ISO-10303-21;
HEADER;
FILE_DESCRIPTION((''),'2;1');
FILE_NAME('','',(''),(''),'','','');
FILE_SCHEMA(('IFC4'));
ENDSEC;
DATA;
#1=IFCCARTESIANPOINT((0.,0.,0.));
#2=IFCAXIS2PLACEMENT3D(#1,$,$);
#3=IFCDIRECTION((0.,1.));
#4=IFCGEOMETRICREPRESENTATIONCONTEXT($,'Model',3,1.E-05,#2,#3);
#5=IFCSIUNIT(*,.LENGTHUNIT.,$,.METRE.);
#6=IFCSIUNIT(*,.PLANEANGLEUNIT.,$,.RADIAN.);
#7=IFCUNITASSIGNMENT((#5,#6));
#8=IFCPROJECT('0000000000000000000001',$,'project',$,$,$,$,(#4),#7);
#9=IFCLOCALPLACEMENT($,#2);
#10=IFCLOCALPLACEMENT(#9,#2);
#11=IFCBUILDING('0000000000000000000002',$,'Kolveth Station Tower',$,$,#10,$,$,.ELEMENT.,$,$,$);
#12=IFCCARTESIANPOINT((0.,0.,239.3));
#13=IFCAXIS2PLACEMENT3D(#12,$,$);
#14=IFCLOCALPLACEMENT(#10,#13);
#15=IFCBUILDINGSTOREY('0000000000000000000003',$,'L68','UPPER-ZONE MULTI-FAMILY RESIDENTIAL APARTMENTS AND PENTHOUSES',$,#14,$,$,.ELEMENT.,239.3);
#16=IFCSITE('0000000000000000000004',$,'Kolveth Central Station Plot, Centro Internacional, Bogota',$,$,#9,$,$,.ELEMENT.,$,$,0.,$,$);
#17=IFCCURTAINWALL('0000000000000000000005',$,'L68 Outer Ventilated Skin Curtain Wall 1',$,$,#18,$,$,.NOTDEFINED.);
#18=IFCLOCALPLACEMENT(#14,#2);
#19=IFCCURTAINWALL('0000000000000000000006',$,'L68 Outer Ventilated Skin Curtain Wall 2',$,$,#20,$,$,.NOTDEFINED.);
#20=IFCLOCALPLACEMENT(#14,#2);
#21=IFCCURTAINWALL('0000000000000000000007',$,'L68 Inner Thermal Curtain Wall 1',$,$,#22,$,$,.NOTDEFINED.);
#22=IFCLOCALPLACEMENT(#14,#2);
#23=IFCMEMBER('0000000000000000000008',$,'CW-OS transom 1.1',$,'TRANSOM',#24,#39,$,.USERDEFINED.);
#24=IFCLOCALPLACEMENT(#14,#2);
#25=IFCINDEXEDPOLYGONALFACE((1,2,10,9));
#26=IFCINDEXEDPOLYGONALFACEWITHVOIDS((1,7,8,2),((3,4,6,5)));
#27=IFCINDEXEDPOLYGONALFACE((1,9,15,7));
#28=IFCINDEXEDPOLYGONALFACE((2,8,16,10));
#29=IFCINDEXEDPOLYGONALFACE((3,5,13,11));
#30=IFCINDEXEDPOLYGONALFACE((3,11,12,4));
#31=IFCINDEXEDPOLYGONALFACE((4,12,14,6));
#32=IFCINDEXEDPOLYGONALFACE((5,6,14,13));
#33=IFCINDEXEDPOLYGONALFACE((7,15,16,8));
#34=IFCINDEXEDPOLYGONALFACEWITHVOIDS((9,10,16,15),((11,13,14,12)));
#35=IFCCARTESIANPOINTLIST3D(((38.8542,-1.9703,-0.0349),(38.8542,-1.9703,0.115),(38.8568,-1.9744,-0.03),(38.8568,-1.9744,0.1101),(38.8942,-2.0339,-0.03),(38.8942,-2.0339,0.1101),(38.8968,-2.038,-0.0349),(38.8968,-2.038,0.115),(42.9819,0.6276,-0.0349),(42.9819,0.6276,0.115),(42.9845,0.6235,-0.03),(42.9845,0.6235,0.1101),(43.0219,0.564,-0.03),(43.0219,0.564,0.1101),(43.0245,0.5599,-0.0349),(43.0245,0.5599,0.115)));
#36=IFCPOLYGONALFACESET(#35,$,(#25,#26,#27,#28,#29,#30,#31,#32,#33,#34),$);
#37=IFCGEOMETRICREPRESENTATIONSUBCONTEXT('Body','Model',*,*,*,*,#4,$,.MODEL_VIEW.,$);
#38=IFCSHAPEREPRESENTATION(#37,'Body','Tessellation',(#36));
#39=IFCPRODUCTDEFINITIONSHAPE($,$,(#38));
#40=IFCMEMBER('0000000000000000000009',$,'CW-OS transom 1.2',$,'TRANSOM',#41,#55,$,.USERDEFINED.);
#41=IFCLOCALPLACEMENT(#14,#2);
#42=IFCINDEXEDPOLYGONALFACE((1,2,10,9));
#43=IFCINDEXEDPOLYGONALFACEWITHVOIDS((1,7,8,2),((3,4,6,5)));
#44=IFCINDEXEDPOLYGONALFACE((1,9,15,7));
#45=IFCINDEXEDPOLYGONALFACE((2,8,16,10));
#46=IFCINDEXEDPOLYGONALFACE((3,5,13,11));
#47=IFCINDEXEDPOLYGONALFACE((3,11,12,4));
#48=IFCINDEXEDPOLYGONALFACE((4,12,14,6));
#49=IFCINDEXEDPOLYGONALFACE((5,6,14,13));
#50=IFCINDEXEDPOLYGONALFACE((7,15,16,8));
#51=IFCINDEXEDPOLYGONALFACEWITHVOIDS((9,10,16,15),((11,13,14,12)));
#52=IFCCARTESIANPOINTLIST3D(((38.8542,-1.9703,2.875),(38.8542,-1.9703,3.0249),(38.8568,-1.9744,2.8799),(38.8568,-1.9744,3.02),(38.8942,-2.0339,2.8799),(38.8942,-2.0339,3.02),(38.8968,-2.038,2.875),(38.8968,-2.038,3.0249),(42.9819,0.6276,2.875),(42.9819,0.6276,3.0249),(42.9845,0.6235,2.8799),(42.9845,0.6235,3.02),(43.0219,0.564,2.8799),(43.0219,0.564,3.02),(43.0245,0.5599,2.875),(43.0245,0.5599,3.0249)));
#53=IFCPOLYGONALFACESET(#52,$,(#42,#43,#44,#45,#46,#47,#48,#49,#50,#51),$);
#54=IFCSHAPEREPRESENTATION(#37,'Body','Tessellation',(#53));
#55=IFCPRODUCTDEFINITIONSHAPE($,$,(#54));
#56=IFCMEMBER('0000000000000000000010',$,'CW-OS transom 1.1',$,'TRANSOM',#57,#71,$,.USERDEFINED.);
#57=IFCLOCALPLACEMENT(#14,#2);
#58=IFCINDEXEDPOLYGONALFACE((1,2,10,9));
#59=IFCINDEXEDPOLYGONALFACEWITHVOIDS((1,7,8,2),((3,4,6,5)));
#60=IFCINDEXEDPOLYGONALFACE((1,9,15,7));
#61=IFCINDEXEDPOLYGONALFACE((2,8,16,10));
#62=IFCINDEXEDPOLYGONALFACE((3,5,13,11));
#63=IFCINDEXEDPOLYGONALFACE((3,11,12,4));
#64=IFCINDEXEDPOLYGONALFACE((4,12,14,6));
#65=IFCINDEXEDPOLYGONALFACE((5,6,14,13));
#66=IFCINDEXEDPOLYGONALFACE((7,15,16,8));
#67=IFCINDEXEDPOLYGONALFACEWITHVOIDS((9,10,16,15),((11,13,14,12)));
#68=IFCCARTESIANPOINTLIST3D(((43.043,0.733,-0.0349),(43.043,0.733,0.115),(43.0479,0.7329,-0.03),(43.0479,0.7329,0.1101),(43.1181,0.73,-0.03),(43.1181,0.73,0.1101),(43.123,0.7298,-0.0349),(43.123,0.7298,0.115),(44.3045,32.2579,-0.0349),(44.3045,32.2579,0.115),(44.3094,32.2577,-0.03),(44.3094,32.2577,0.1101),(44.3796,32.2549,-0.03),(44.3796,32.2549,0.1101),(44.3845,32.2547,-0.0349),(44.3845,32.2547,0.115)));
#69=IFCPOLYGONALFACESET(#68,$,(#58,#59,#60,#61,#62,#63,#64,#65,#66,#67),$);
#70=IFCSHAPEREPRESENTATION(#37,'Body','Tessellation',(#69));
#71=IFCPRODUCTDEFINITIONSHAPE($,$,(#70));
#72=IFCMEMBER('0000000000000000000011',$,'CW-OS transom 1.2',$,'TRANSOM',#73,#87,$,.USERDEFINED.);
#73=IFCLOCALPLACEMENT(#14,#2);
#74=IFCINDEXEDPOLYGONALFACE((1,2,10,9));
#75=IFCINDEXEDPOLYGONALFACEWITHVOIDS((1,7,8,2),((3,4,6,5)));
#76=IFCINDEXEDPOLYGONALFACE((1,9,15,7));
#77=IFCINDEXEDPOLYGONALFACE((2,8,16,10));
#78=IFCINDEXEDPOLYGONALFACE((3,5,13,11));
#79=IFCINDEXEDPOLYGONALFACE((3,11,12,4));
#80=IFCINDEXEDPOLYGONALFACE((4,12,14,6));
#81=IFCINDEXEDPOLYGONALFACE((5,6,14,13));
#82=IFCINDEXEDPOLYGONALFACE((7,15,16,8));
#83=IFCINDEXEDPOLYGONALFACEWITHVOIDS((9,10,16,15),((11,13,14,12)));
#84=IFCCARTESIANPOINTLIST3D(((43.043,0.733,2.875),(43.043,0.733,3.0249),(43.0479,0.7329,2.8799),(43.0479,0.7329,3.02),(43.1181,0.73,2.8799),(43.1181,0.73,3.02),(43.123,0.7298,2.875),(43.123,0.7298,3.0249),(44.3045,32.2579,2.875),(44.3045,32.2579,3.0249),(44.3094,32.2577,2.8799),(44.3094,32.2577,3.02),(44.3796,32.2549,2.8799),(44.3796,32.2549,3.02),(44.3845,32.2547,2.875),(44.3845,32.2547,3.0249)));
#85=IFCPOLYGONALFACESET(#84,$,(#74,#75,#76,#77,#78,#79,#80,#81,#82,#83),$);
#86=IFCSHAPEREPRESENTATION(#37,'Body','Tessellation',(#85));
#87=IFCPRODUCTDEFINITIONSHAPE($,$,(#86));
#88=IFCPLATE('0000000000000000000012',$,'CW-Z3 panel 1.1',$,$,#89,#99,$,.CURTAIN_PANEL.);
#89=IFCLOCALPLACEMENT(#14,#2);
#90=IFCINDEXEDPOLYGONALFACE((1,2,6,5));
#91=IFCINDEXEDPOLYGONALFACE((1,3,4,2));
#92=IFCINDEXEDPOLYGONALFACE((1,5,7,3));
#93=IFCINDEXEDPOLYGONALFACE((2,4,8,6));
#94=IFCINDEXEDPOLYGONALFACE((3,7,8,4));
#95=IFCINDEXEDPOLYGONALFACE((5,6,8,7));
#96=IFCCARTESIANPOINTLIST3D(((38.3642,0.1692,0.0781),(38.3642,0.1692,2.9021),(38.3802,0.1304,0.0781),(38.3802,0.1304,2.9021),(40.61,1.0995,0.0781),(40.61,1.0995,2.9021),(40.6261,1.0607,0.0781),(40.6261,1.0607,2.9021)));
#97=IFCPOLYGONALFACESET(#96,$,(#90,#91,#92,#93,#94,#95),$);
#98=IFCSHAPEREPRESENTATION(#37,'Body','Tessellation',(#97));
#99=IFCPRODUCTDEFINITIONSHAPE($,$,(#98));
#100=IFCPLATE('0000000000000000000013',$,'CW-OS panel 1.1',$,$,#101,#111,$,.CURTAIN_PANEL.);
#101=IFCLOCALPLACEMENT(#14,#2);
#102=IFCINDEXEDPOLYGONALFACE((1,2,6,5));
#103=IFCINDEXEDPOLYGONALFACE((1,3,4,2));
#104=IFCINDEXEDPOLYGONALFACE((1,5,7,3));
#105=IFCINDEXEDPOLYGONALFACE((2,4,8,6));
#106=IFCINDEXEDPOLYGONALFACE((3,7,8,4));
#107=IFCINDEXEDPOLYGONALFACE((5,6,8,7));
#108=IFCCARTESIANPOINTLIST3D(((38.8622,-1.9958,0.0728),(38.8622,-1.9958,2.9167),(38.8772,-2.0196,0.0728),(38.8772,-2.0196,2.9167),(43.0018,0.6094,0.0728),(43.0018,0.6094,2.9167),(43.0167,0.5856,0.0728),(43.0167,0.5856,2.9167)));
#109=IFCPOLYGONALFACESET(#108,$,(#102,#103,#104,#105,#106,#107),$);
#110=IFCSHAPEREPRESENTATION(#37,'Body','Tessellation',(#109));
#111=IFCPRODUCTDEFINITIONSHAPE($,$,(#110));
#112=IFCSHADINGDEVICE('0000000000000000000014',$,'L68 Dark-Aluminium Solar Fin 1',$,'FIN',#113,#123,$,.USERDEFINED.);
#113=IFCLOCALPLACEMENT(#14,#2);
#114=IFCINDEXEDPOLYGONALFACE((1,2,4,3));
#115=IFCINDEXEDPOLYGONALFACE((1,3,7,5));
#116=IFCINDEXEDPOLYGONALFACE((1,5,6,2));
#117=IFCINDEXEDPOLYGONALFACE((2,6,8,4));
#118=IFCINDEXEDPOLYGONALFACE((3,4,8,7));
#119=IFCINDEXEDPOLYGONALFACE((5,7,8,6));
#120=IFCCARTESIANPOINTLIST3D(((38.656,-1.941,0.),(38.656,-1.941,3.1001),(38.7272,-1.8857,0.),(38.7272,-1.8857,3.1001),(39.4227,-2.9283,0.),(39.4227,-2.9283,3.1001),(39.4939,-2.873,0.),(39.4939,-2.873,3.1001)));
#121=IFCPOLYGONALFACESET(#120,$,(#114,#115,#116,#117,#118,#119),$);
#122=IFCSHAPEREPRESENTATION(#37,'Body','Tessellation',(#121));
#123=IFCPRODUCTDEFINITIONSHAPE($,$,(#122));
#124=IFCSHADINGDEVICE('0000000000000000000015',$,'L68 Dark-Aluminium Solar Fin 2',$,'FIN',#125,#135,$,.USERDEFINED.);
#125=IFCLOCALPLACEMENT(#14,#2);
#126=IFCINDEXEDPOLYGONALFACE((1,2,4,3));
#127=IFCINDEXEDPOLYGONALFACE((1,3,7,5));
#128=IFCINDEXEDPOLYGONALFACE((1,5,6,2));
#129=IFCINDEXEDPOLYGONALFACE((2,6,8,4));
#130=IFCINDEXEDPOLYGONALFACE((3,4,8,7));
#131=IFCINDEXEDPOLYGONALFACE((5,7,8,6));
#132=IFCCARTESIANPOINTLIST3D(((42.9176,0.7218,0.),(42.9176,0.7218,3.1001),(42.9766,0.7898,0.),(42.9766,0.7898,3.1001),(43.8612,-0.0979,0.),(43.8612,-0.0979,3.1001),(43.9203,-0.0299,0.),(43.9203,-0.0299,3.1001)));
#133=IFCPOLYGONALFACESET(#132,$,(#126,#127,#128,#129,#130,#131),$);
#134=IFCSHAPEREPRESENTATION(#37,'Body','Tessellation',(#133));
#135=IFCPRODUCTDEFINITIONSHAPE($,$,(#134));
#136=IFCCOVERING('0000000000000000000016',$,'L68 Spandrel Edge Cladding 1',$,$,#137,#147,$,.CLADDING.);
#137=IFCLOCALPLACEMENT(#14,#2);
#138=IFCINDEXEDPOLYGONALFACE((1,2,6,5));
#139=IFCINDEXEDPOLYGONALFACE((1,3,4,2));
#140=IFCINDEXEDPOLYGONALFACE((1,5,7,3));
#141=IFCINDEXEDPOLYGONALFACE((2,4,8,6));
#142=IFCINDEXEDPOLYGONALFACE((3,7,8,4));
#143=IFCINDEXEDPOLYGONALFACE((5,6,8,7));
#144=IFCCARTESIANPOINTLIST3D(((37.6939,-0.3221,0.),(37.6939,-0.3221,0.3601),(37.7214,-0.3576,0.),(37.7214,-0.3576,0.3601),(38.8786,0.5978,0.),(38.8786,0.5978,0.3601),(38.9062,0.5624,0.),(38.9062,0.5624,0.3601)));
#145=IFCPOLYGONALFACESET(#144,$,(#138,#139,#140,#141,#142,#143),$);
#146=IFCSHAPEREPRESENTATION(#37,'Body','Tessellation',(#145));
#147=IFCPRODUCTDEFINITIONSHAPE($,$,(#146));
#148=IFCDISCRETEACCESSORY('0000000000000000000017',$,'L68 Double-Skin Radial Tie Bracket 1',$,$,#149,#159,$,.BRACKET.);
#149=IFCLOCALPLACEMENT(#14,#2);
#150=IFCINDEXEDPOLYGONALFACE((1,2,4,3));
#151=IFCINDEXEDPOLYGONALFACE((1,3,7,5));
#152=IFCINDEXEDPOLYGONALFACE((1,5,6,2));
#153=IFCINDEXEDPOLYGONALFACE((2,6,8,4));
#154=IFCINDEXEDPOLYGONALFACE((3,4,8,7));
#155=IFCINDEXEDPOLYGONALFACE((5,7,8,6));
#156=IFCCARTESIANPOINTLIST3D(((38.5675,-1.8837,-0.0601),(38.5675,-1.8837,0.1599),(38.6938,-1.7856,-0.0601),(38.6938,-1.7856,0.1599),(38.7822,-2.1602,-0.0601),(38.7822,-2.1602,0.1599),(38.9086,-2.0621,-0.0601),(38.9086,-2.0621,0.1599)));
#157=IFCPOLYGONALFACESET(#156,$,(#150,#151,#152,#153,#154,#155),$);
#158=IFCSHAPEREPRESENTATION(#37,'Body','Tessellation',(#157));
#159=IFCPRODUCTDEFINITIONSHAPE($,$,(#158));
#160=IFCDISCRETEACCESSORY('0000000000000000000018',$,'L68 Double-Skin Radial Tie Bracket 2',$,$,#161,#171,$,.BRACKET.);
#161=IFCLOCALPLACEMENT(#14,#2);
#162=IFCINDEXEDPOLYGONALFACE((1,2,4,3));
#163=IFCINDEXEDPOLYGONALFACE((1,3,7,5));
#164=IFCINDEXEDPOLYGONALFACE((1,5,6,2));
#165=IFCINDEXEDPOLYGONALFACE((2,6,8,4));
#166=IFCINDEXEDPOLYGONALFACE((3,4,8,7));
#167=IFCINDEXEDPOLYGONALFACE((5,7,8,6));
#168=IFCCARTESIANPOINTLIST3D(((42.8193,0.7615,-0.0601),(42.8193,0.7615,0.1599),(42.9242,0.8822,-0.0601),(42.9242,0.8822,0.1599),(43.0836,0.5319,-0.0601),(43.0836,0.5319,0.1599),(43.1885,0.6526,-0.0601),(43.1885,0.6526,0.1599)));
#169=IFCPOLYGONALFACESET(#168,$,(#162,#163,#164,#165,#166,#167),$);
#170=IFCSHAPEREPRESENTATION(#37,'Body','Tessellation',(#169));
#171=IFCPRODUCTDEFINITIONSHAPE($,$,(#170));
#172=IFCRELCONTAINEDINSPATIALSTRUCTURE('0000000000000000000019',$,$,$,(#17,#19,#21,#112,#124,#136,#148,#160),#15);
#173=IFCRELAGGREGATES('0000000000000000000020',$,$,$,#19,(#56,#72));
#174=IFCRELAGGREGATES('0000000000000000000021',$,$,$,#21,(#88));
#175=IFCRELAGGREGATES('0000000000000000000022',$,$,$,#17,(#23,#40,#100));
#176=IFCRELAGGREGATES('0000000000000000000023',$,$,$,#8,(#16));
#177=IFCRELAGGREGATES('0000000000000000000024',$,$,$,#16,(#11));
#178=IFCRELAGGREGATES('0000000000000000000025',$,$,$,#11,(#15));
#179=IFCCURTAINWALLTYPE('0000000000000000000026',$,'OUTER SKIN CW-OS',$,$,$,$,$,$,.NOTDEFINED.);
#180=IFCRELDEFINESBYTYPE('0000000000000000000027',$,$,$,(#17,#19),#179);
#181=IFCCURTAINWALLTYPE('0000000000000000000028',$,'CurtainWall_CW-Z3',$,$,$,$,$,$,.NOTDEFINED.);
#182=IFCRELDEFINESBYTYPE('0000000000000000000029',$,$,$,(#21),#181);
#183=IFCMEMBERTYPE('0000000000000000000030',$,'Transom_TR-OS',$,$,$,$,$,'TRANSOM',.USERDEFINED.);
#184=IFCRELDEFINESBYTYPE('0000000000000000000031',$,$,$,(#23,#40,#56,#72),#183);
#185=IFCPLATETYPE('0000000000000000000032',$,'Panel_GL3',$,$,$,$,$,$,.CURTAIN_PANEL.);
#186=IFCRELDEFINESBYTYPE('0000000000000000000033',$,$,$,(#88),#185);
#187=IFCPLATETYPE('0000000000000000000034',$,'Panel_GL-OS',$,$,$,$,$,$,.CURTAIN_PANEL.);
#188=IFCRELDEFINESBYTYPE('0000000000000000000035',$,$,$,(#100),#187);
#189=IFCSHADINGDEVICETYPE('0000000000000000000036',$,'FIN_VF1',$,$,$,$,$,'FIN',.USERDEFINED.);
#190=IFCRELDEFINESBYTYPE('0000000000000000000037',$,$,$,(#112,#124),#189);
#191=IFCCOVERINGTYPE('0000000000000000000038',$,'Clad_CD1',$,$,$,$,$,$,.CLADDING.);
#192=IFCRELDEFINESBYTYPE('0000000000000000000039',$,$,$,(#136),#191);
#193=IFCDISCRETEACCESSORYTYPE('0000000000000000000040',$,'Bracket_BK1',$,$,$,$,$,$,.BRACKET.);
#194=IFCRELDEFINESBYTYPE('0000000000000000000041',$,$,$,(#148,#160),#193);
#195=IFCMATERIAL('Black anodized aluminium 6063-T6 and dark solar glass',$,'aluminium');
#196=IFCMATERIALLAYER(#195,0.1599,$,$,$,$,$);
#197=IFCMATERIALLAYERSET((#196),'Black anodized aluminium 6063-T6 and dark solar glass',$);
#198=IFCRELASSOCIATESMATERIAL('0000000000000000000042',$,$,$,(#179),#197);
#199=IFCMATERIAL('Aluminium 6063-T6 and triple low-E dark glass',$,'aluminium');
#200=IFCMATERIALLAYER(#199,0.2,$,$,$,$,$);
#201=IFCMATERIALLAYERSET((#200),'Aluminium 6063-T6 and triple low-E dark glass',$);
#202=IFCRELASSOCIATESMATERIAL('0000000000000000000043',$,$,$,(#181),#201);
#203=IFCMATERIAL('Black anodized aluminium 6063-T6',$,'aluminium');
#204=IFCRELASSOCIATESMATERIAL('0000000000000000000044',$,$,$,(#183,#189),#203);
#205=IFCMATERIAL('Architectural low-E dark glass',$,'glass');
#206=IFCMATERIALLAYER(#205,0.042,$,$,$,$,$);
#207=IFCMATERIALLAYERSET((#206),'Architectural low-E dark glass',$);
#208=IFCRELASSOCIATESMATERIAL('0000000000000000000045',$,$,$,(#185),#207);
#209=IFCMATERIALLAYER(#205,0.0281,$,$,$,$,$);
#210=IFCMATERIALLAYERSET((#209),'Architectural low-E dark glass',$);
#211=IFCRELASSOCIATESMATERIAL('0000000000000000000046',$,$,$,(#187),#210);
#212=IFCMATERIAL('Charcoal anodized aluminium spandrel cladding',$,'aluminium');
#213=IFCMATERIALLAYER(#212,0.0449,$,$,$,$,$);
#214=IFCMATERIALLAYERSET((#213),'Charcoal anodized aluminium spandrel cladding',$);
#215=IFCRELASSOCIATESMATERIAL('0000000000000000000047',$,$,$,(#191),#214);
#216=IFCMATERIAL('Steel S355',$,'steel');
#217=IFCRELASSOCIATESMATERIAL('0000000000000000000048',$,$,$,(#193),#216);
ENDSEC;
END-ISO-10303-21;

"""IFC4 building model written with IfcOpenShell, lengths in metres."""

from ifc_helpers import new_model, si_unit, direction, frame, origin, origin_2d, place, context, subcontext, project, spatial, rectangle, hollow_rectangle, extrude, source, transform, mapped, material, layer, layer_set, material_profile, profile_set, type_object, element, aggregate, save


model = new_model("IFC4")

# Units and contexts
model_context = context("Model", 3, precision=1e-05, world=origin(), true_north=direction((0.0, 1.0)))
body_context = subcontext(model_context, "Body", "Model", "MODEL_VIEW")
ifc_project = project(units=[si_unit("LENGTHUNIT", "METRE"), si_unit("PLANEANGLEUNIT", "RADIAN")], contexts=[model_context])

# Site, building, storey
site_placement = place(None, origin())
site = spatial("IfcSite", under=ifc_project, at=site_placement, Name="Kolveth Central Station Plot, Centro Internacional, Bogota", CompositionType="ELEMENT", RefElevation=0.0)
building_placement = place(site_placement, origin())
building = spatial("IfcBuilding", under=site, at=building_placement, Name="Kolveth Station Tower", CompositionType="ELEMENT")
storey_placement = place(building_placement, frame((0.0, 0.0, 239.3)))
storey = spatial("IfcBuildingStorey", under=building, at=storey_placement, Name="L68", Description="UPPER-ZONE MULTI-FAMILY RESIDENTIAL APARTMENTS AND PENTHOUSES", CompositionType="ELEMENT", Elevation=239.3)

# Curtain wall
ifc_material_1 = material(Name="Black anodized aluminium 6063-T6 and dark solar glass", Category="aluminium")
ifc_layer_1 = layer(ifc_material_1, 0.1599)
ifc_layer_set_1 = layer_set([ifc_layer_1], Name="Black anodized aluminium 6063-T6 and dark solar glass")
curtain_wall_type_1 = type_object("IfcCurtainWallType", Name="OUTER SKIN CW-OS", PredefinedType="NOTDEFINED", material=ifc_layer_set_1)
curtain_wall_1_placement = place(storey_placement, origin())
curtain_wall_1 = element("IfcCurtainWall", 1, at=curtain_wall_1_placement, inside=storey, type_object=curtain_wall_type_1, Name="L68 Outer Ventilated Skin Curtain Wall 1", PredefinedType="NOTDEFINED")
ifc_material_2 = material(Name="Black anodized aluminium 6063-T6", Category="aluminium")

# Curtain wall
curtain_wall_2_placement = place(storey_placement, origin())
curtain_wall_2 = element("IfcCurtainWall", 2, at=curtain_wall_2_placement, inside=storey, type_object=curtain_wall_type_1, Name="L68 Outer Ventilated Skin Curtain Wall 2", PredefinedType="NOTDEFINED")

# Curtain wall
ifc_material_3 = material(Name="Aluminium 6063-T6 and triple low-E dark glass", Category="aluminium")
ifc_layer_2 = layer(ifc_material_3, 0.2)
ifc_layer_set_2 = layer_set([ifc_layer_2], Name="Aluminium 6063-T6 and triple low-E dark glass")
curtain_wall_type_2 = type_object("IfcCurtainWallType", Name="CurtainWall_CW-Z3", PredefinedType="NOTDEFINED", material=ifc_layer_set_2)
curtain_wall_3_placement = place(storey_placement, origin())
curtain_wall_3 = element("IfcCurtainWall", 3, at=curtain_wall_3_placement, inside=storey, type_object=curtain_wall_type_2, Name="L68 Inner Thermal Curtain Wall 1", PredefinedType="NOTDEFINED")

# Members
ifc_material_profile_1 = material_profile(ifc_material_2, hollow_rectangle(XDim=0.0801, YDim=0.1499, WallThickness=0.0049, at=origin_2d()), Name="ALU-80x150x5")
ifc_profile_set_1 = profile_set([ifc_material_profile_1], Name="Black anodized aluminium 6063-T6")
member_type_1 = type_object("IfcMemberType", Name="Transom_TR-OS", ElementType="TRANSOM", PredefinedType="USERDEFINED", material=ifc_profile_set_1)
shared_shape_1 = source(origin(), body_context, "Body", "SweptSolid", [
    extrude(hollow_rectangle(XDim=0.0801, YDim=0.1499, WallThickness=0.0049, at=origin_2d()), origin(), (0.0, 0.0, 1.0), 4.8772),
])
member_1_placement = place(storey_placement, frame((38.8755, -2.0042, 0.04), z_axis=(0.846326, 0.532665, 0.0), x_axis=(-0.532665, 0.846326, 0.0)))
member_1 = element("IfcMember", 4, at=member_1_placement, type_object=member_type_1, Name="CW-OS transom 1.1", ObjectType="TRANSOM", PredefinedType="USERDEFINED", context=body_context, shape_type="MappedRepresentation", body=[
    mapped(shared_shape_1, transform((0.0, 0.0, 0.0), x_axis=(1.0, 0.0, 0.0), y_axis=(0.0, 1.0, 0.0), z_axis=(0.0, 0.0, 1.0), scale=1.0)),
])
member_2_placement = place(storey_placement, frame((38.8755, -2.0042, 2.95), z_axis=(0.846326, 0.532665, 0.0), x_axis=(-0.532665, 0.846326, 0.0)))
member_2 = element("IfcMember", 5, at=member_2_placement, type_object=member_type_1, Name="CW-OS transom 1.2", ObjectType="TRANSOM", PredefinedType="USERDEFINED", context=body_context, shape_type="MappedRepresentation", body=[
    mapped(shared_shape_1, transform((0.0, 0.0, 0.0), x_axis=(1.0, 0.0, 0.0), y_axis=(0.0, 1.0, 0.0), z_axis=(0.0, 0.0, 1.0), scale=1.0)),
])
shared_shape_2 = source(origin(), body_context, "Body", "SweptSolid", [
    extrude(hollow_rectangle(XDim=0.0801, YDim=0.1499, WallThickness=0.0049, at=origin_2d()), origin(), (0.0, 0.0, 1.0), 31.55),
])
member_3_placement = place(storey_placement, frame((43.083, 0.7314, 0.04), z_axis=(0.039983, 0.9992, 0.0), x_axis=(-0.9992, 0.039983, 0.0)))
member_3 = element("IfcMember", 6, at=member_3_placement, type_object=member_type_1, Name="CW-OS transom 1.1", ObjectType="TRANSOM", PredefinedType="USERDEFINED", context=body_context, shape_type="MappedRepresentation", body=[
    mapped(shared_shape_2, transform((0.0, 0.0, 0.0), x_axis=(1.0, 0.0, 0.0), y_axis=(0.0, 1.0, 0.0), z_axis=(0.0, 0.0, 1.0), scale=1.0)),
])
member_4_placement = place(storey_placement, frame((43.083, 0.7314, 2.95), z_axis=(0.039983, 0.9992, 0.0), x_axis=(-0.9992, 0.039983, 0.0)))
member_4 = element("IfcMember", 7, at=member_4_placement, type_object=member_type_1, Name="CW-OS transom 1.2", ObjectType="TRANSOM", PredefinedType="USERDEFINED", context=body_context, shape_type="MappedRepresentation", body=[
    mapped(shared_shape_2, transform((0.0, 0.0, 0.0), x_axis=(1.0, 0.0, 0.0), y_axis=(0.0, 1.0, 0.0), z_axis=(0.0, 0.0, 1.0), scale=1.0)),
])
aggregate(curtain_wall_2, [member_3, member_4])

# Plates
ifc_material_4 = material(Name="Architectural low-E dark glass", Category="glass")
ifc_layer_3 = layer(ifc_material_4, 0.042)
ifc_layer_set_3 = layer_set([ifc_layer_3], Name="Architectural low-E dark glass")
plate_type_1 = type_object("IfcPlateType", Name="Panel_GL3", PredefinedType="CURTAIN_PANEL", material=ifc_layer_set_3)
shared_shape_3 = source(origin(), body_context, "Body", "SweptSolid", [
    extrude(rectangle(XDim=2.4309, YDim=0.042, at=origin_2d()), origin(), (0.0, 0.0, 1.0), 2.824),
])
plate_1_placement = place(storey_placement, frame((39.4951, 0.615, 0.0781), z_axis=(0.0, 0.0, 1.0), x_axis=(0.923875, 0.382693, 0.0)))
plate_1 = element("IfcPlate", 8, at=plate_1_placement, type_object=plate_type_1, Name="CW-Z3 panel 1.1", PredefinedType="CURTAIN_PANEL", context=body_context, shape_type="MappedRepresentation", body=[
    mapped(shared_shape_3, transform((0.0, 0.0, 0.0), x_axis=(1.0, 0.0, 0.0), y_axis=(0.0, 1.0, 0.0), z_axis=(0.0, 0.0, 1.0), scale=1.0)),
])
aggregate(curtain_wall_3, [plate_1])
ifc_layer_4 = layer(ifc_material_4, 0.0281)
ifc_layer_set_4 = layer_set([ifc_layer_4], Name="Architectural low-E dark glass")
plate_type_2 = type_object("IfcPlateType", Name="Panel_GL-OS", PredefinedType="CURTAIN_PANEL", material=ifc_layer_set_4)
shared_shape_4 = source(origin(), body_context, "Body", "SweptSolid", [
    extrude(rectangle(XDim=4.8911, YDim=0.0281, at=origin_2d()), origin(), (0.0, 0.0, 1.0), 2.844),
])
plate_2_placement = place(storey_placement, frame((40.9395, -0.7051, 0.0728), z_axis=(0.0, 0.0, 1.0), x_axis=(0.846341, 0.532641, 0.0)))
plate_2 = element("IfcPlate", 9, at=plate_2_placement, type_object=plate_type_2, Name="CW-OS panel 1.1", PredefinedType="CURTAIN_PANEL", context=body_context, shape_type="MappedRepresentation", body=[
    mapped(shared_shape_4, transform((0.0, 0.0, 0.0), x_axis=(1.0, 0.0, 0.0), y_axis=(0.0, 1.0, 0.0), z_axis=(0.0, 0.0, 1.0), scale=1.0)),
])
aggregate(curtain_wall_1, [member_1, member_2, plate_2])

# Shading devices
shading_device_type = type_object("IfcShadingDeviceType", Name="FIN_VF1", ElementType="FIN", PredefinedType="USERDEFINED", material=ifc_material_2)
shared_shape_5 = source(origin(), body_context, "Body", "SweptSolid", [
    extrude(rectangle(XDim=1.25, YDim=0.0901, at=origin_2d()), origin(), (0.0, 0.0, 1.0), 3.1001),
])
for number, where, z_axis, x_axis, name in (
    (10, (39.075, -2.407, 0.0), (0.0, 0.0, 1.0), (0.613321, -0.789834, 0.0), "L68 Dark-Aluminium Solar Fin 1"),
    (11, (43.4189, 0.3459, 0.0), (0.0, 0.0, 1.0), (0.754939, -0.655796, 0.0), "L68 Dark-Aluminium Solar Fin 2"),
):
    element("IfcShadingDevice", number, at=place(storey_placement, frame(where, z_axis=z_axis, x_axis=x_axis)), inside=storey, type_object=shading_device_type, Name=name, ObjectType="FIN", PredefinedType="USERDEFINED", context=body_context, shape_type="MappedRepresentation", body=[
        mapped(shared_shape_5, transform((0.0, 0.0, 0.0), x_axis=(1.0, 0.0, 0.0), y_axis=(0.0, 1.0, 0.0), z_axis=(0.0, 0.0, 1.0), scale=1.0)),
    ])

# Covering
ifc_material_5 = material(Name="Charcoal anodized aluminium spandrel cladding", Category="aluminium")
ifc_layer_5 = layer(ifc_material_5, 0.0449)
ifc_layer_set_5 = layer_set([ifc_layer_5], Name="Charcoal anodized aluminium spandrel cladding")
covering_type = type_object("IfcCoveringType", Name="Clad_CD1", PredefinedType="CLADDING", material=ifc_layer_set_5)
shared_shape_6 = source(origin(), body_context, "Body", "SweptSolid", [
    extrude(rectangle(XDim=1.5, YDim=0.0449, at=origin_2d()), origin(), (0.0, 0.0, 1.0), 0.3601),
])
covering_placement = place(storey_placement, frame((38.3, 0.1201, 0.0), z_axis=(0.0, 0.0, 1.0), x_axis=(0.789834, 0.613321, 0.0)))
element("IfcCovering", 12, at=covering_placement, inside=storey, type_object=covering_type, Name="L68 Spandrel Edge Cladding 1", PredefinedType="CLADDING", context=body_context, shape_type="MappedRepresentation", body=[
    mapped(shared_shape_6, transform((0.0, 0.0, 0.0), x_axis=(1.0, 0.0, 0.0), y_axis=(0.0, 1.0, 0.0), z_axis=(0.0, 0.0, 1.0), scale=1.0)),
])

# Discrete accessories
ifc_material_6 = material(Name="Steel S355", Category="steel")
discrete_accessory_type = type_object("IfcDiscreteAccessoryType", Name="Bracket_BK1", PredefinedType="BRACKET", material=ifc_material_6)
shared_shape_7 = source(origin(), body_context, "Body", "SweptSolid", [
    extrude(rectangle(XDim=0.3501, YDim=0.1599, at=origin_2d()), origin(), (0.0, 0.0, 1.0), 0.22),
])
for number, where, z_axis, x_axis, name in (
    (13, (38.738, -1.9729, -0.0601), (0.0, 0.0, 1.0), (0.613321, -0.789834, 0.0), "L68 Double-Skin Radial Tie Bracket 1"),
    (14, (43.0039, 0.707, -0.0601), (0.0, 0.0, 1.0), (0.754939, -0.655796, 0.0), "L68 Double-Skin Radial Tie Bracket 2"),
):
    element("IfcDiscreteAccessory", number, at=place(storey_placement, frame(where, z_axis=z_axis, x_axis=x_axis)), inside=storey, type_object=discrete_accessory_type, Name=name, PredefinedType="BRACKET", context=body_context, shape_type="MappedRepresentation", body=[
        mapped(shared_shape_7, transform((0.0, 0.0, 0.0), x_axis=(1.0, 0.0, 0.0), y_axis=(0.0, 1.0, 0.0), z_axis=(0.0, 0.0, 1.0), scale=1.0)),
    ])

save(model, "model.ifc")
